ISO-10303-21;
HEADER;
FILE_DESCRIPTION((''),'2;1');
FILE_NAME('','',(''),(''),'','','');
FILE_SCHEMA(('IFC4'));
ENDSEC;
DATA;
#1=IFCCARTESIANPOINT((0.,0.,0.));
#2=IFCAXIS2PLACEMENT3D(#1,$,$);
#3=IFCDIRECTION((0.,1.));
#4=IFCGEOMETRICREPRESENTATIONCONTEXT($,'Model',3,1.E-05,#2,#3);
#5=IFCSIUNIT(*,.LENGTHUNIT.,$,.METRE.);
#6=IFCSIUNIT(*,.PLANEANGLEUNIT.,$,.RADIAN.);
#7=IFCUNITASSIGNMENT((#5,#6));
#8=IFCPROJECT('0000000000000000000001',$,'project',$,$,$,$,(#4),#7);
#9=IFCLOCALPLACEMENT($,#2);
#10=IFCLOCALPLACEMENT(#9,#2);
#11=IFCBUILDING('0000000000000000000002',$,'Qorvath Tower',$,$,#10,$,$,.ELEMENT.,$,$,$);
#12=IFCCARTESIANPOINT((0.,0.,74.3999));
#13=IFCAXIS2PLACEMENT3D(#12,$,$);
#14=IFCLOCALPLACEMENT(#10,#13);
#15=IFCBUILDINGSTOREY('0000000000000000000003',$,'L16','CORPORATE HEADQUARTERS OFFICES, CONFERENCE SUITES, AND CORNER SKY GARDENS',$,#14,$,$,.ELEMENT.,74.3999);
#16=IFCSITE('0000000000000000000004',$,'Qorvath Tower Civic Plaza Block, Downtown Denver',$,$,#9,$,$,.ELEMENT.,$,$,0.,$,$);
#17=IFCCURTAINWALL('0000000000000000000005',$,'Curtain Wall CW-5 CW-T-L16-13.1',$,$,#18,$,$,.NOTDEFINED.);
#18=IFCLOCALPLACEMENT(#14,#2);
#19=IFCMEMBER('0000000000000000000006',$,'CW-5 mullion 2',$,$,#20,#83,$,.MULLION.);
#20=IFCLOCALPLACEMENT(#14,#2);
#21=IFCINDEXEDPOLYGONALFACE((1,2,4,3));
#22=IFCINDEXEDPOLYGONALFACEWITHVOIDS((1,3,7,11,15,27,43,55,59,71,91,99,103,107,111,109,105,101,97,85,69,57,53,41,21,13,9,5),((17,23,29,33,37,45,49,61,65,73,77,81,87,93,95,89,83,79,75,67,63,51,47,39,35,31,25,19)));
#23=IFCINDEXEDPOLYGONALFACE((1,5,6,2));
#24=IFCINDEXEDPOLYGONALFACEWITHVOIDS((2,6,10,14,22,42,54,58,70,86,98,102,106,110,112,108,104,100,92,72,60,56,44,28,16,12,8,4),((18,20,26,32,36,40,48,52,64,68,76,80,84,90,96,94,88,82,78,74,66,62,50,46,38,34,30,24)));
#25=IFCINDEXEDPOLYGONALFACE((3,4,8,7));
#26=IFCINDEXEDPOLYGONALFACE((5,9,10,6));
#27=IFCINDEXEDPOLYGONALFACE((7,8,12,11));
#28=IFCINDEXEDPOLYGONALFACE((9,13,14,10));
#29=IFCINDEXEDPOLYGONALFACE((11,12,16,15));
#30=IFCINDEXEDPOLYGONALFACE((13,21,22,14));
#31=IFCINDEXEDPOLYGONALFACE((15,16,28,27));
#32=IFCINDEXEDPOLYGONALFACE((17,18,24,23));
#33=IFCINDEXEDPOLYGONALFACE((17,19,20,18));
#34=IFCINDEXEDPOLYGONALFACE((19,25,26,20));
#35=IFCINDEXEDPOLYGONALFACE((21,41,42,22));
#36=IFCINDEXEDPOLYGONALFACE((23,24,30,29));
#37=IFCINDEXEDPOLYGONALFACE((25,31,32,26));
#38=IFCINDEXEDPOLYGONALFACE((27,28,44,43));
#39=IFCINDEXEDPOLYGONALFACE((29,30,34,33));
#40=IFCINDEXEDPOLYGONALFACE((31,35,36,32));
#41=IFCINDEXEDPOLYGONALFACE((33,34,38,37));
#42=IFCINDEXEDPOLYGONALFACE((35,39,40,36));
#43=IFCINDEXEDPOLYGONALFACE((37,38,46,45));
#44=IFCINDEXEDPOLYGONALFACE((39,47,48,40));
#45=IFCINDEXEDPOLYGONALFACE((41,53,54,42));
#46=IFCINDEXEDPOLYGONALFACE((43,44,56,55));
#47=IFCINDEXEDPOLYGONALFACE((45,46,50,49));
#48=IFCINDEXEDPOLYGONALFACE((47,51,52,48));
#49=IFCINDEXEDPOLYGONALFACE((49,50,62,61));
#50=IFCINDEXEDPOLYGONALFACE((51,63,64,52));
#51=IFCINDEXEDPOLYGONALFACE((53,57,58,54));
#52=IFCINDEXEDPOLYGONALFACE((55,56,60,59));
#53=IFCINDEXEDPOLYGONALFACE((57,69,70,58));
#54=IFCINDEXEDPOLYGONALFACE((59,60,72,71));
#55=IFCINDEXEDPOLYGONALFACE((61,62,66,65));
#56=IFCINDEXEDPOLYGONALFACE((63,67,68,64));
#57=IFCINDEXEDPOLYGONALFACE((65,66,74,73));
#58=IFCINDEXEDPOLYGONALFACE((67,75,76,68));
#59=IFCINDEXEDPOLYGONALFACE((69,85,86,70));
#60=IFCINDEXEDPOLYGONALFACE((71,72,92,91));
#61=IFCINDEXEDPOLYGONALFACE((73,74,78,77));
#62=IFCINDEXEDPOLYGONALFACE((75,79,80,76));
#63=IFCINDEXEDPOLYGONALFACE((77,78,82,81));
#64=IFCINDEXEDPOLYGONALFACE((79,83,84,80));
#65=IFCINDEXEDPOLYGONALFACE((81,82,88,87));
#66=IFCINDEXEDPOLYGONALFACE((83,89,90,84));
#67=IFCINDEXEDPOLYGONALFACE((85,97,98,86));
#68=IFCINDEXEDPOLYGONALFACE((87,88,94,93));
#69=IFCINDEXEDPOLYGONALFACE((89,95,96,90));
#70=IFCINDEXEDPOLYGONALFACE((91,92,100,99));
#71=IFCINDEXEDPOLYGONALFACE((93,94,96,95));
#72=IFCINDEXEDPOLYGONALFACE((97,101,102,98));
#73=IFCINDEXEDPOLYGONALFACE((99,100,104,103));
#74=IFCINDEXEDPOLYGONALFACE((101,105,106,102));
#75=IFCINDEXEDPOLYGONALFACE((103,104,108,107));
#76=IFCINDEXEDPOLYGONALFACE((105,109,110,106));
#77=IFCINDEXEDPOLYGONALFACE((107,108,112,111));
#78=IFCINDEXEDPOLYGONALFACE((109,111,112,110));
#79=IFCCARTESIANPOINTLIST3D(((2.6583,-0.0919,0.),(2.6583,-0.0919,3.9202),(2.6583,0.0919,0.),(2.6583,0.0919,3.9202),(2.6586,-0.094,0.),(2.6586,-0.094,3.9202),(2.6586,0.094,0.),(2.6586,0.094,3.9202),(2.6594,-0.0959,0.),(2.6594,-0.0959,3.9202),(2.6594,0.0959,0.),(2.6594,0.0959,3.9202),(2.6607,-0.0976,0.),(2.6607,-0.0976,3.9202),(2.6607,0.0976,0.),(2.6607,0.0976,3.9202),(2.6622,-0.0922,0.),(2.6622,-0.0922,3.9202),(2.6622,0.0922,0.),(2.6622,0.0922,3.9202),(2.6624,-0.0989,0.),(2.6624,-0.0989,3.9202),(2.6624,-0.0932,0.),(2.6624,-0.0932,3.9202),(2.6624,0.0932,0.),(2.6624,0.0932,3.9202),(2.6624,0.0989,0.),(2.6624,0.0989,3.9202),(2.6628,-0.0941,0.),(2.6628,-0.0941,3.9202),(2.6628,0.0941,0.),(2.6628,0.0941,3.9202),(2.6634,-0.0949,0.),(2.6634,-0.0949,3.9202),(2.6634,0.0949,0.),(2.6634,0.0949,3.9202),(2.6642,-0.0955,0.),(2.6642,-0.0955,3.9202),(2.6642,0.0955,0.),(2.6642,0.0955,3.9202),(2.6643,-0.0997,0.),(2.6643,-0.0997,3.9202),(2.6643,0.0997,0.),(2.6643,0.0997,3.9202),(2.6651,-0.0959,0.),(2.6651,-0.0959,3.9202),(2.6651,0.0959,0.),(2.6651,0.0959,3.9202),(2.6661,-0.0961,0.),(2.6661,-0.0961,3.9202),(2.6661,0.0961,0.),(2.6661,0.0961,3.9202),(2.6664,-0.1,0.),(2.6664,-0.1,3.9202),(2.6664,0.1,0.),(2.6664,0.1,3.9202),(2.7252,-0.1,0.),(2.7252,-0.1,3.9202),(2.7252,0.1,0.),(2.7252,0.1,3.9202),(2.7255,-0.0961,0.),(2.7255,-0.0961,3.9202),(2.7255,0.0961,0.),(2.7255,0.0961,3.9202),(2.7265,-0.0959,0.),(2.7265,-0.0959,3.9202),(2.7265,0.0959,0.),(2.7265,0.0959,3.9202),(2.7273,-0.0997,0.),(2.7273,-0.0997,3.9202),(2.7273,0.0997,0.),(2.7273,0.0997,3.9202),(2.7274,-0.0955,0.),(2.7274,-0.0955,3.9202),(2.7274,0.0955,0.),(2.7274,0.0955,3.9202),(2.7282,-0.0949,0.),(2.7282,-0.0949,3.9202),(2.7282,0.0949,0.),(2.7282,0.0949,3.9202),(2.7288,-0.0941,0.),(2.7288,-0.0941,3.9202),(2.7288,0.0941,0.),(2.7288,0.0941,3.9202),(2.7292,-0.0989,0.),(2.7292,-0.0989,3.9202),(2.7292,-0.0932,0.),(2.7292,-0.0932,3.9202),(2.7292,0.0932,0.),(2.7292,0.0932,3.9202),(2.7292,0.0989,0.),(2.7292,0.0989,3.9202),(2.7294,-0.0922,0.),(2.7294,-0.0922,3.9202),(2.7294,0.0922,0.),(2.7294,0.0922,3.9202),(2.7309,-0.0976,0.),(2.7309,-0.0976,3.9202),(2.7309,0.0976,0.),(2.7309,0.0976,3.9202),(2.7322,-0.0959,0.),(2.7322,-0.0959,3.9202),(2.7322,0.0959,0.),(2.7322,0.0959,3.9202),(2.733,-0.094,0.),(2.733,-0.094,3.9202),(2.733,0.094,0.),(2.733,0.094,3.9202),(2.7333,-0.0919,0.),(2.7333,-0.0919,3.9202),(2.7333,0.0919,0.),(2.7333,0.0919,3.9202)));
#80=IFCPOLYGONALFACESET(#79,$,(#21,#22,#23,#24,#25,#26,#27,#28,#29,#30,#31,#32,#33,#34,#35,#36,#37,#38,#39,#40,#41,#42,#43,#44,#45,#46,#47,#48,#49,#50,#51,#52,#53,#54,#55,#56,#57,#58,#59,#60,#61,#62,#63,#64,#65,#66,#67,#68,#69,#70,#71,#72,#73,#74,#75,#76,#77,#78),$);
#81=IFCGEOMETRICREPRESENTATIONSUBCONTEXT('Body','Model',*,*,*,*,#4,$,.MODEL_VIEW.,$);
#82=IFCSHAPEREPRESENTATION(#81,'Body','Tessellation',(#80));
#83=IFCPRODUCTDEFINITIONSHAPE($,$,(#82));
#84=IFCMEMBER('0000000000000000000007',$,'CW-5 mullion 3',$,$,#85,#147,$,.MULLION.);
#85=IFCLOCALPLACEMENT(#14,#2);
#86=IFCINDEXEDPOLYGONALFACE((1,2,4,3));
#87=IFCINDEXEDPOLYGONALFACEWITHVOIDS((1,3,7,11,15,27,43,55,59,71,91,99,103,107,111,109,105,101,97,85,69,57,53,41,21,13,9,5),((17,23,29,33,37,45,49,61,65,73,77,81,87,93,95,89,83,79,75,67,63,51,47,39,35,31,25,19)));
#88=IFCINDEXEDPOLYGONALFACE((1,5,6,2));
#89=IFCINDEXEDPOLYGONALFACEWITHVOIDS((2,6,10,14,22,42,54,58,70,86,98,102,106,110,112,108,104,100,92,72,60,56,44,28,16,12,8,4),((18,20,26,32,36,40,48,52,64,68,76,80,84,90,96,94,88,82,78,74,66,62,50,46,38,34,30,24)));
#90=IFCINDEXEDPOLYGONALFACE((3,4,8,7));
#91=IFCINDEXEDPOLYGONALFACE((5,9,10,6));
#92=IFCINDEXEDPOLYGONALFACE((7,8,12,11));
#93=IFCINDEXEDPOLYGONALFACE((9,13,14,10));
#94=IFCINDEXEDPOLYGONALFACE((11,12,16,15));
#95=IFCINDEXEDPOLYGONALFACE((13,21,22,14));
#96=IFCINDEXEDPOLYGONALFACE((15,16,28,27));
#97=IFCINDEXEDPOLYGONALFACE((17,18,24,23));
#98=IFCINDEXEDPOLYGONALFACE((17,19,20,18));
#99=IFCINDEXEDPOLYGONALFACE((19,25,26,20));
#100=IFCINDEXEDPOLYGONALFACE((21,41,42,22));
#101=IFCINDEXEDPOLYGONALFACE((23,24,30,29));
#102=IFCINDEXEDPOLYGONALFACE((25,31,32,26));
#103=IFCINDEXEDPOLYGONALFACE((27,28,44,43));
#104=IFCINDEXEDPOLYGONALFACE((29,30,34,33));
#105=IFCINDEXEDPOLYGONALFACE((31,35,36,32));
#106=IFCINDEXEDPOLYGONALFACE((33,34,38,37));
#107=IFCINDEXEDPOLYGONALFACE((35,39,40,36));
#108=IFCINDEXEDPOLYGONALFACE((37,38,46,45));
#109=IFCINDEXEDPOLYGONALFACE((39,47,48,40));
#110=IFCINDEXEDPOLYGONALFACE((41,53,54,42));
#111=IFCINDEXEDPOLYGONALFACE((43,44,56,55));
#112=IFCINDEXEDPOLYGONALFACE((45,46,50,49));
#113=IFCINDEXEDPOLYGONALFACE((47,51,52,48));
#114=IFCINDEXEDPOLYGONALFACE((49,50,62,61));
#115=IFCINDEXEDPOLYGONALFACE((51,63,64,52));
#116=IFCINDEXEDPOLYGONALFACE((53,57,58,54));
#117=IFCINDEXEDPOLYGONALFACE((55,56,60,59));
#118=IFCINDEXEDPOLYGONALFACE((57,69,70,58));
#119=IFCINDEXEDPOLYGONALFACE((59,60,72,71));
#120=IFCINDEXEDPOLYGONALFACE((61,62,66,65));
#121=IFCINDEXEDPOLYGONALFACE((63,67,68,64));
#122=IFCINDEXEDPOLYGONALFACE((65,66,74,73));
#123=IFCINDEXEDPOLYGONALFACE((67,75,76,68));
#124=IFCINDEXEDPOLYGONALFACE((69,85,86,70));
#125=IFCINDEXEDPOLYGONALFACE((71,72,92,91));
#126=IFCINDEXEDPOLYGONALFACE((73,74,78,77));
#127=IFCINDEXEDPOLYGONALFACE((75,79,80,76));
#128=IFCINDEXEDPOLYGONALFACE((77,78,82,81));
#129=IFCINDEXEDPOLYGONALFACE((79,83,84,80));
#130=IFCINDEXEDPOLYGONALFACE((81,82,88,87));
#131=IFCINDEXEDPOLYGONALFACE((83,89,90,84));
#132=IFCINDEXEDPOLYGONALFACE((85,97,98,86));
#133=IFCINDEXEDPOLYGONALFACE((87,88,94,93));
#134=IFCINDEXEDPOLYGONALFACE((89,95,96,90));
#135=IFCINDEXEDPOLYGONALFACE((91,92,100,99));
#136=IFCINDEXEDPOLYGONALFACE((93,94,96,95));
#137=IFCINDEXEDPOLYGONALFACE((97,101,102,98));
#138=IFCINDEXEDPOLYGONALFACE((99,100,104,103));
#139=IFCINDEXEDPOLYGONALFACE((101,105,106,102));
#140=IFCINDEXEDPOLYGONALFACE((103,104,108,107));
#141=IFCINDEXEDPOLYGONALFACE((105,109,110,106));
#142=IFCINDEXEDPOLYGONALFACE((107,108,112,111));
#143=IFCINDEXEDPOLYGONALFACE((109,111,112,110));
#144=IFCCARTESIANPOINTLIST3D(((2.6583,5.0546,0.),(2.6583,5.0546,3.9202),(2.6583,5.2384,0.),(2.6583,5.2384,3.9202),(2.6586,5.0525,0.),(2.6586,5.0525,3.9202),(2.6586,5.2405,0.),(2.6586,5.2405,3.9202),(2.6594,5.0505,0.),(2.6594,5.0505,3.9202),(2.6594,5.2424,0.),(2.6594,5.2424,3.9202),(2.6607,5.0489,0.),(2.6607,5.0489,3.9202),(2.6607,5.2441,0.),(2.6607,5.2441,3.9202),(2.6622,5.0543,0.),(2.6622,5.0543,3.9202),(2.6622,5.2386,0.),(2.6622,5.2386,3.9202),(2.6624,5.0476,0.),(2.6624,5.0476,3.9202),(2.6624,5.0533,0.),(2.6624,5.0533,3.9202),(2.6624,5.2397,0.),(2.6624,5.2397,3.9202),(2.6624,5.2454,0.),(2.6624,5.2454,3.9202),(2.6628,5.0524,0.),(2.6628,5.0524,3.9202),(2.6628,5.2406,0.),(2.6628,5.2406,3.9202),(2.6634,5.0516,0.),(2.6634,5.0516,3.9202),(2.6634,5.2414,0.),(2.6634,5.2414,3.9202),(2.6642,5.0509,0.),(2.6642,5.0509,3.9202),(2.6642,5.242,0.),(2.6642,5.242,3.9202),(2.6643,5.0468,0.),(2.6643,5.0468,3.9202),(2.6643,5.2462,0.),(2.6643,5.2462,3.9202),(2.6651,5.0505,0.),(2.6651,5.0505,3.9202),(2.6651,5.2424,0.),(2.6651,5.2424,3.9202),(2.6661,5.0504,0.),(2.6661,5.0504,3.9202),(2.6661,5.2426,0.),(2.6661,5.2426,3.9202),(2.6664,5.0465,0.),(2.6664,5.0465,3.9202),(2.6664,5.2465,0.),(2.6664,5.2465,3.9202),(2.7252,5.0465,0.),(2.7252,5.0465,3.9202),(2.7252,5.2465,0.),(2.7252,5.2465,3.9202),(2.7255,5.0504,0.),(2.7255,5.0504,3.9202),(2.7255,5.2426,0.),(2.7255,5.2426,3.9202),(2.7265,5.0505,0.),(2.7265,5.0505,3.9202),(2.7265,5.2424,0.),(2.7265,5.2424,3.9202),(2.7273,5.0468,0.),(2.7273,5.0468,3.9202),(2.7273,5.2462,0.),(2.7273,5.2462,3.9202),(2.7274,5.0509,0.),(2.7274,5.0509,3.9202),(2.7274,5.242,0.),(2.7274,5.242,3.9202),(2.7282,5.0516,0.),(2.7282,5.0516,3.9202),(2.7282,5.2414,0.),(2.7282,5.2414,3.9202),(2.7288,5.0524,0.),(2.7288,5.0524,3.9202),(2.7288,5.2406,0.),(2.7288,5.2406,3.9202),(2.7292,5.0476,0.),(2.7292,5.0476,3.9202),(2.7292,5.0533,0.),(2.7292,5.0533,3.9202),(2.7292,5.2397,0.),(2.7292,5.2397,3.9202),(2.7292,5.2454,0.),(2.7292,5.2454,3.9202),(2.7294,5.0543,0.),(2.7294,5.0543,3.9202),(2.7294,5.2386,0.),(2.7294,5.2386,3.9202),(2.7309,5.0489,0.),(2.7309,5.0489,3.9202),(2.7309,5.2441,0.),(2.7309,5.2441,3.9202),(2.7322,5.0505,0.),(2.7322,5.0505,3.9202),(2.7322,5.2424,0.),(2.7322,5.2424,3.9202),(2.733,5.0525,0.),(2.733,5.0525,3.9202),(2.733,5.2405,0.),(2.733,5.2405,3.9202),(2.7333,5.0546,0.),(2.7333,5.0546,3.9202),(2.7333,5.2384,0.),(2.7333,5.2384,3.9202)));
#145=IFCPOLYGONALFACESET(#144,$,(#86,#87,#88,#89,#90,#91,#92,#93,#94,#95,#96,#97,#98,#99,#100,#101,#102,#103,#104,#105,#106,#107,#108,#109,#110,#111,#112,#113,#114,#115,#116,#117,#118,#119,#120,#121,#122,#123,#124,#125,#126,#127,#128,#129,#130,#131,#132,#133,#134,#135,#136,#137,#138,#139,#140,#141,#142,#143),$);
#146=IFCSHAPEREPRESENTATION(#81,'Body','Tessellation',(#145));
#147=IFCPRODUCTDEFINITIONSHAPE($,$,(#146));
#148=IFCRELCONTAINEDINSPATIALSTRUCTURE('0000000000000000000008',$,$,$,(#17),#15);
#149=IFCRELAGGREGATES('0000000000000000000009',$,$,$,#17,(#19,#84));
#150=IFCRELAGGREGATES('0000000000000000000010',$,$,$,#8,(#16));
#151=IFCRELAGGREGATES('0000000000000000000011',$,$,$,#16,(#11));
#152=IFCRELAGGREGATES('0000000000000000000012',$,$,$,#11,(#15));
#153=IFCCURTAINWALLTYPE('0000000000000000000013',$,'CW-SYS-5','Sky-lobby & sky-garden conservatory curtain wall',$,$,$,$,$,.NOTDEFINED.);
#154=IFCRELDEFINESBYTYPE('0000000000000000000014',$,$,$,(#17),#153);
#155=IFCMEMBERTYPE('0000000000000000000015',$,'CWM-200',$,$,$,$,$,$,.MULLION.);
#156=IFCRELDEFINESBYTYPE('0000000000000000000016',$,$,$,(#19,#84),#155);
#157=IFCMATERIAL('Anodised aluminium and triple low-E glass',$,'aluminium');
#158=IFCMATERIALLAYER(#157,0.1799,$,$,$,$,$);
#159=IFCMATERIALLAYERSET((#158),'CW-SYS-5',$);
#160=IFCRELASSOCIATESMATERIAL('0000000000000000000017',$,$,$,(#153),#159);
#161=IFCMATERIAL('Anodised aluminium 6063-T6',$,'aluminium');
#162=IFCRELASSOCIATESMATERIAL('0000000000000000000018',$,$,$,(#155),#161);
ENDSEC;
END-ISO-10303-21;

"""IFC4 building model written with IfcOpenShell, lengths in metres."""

from ifc_helpers import new_model, si_unit, direction, frame, origin, origin_2d, place, context, subcontext, project, spatial, hollow_rectangle, extrude, material, layer, layer_set, material_profile, profile_set, type_object, element, aggregate, save


model = new_model("IFC4")

# Units and contexts
model_context = context("Model", 3, precision=1e-05, world=origin(), true_north=direction((0.0, 1.0)))
body_context = subcontext(model_context, "Body", "Model", "MODEL_VIEW")
ifc_project = project(units=[si_unit("LENGTHUNIT", "METRE"), si_unit("PLANEANGLEUNIT", "RADIAN")], contexts=[model_context])

# Site, building, storey
site_placement = place(None, origin())
site = spatial("IfcSite", under=ifc_project, at=site_placement, Name="Qorvath Tower Civic Plaza Block, Downtown Denver", CompositionType="ELEMENT", RefElevation=0.0)
building_placement = place(site_placement, origin())
building = spatial("IfcBuilding", under=site, at=building_placement, Name="Qorvath Tower", CompositionType="ELEMENT")
storey_placement = place(building_placement, frame((0.0, 0.0, 74.3999)))
storey = spatial("IfcBuildingStorey", under=building, at=storey_placement, Name="L16", Description="CORPORATE HEADQUARTERS OFFICES, CONFERENCE SUITES, AND CORNER SKY GARDENS", CompositionType="ELEMENT", Elevation=74.3999)

# Curtain wall, members
ifc_material_1 = material(Name="Anodised aluminium and triple low-E glass", Category="aluminium")
ifc_layer_1 = layer(ifc_material_1, 0.1799)
ifc_layer_set_1 = layer_set([ifc_layer_1], Name="CW-SYS-5")
curtain_wall_type = type_object("IfcCurtainWallType", Name="CW-SYS-5", Description="Sky-lobby & sky-garden conservatory curtain wall", PredefinedType="NOTDEFINED", material=ifc_layer_set_1)
curtain_wall_1_placement = place(storey_placement, origin())
curtain_wall_1 = element("IfcCurtainWall", 1, at=curtain_wall_1_placement, inside=storey, type_object=curtain_wall_type, Name="Curtain Wall CW-5 CW-T-L16-13.1", PredefinedType="NOTDEFINED")
ifc_material_2 = material(Name="Anodised aluminium 6063-T6", Category="aluminium")
ifc_material_profile_1 = material_profile(ifc_material_2, hollow_rectangle(XDim=0.075, YDim=0.2, WallThickness=0.0039, InnerFilletRadius=0.0039, OuterFilletRadius=0.0081, at=origin_2d()), Name="CWM 200x75")
ifc_profile_set_1 = profile_set([ifc_material_profile_1], Name="Anodised aluminium 6063-T6")
member_type_1 = type_object("IfcMemberType", Name="CWM-200", PredefinedType="MULLION", material=ifc_profile_set_1)
member_1_placement = place(storey_placement, frame((2.6958, 0.0, 0.0), z_axis=(0.0, 0.0, 1.0), x_axis=(-1.0, 0.0, 0.0)))
member_1 = element("IfcMember", 2, at=member_1_placement, type_object=member_type_1, Name="CW-5 mullion 2", PredefinedType="MULLION", context=body_context, shape_type="SweptSolid", body=[
    extrude(hollow_rectangle(XDim=0.075, YDim=0.2, WallThickness=0.0039, InnerFilletRadius=0.0039, OuterFilletRadius=0.0081, at=origin_2d()), origin(), (0.0, 0.0, 1.0), 3.9202),
])
member_2_placement = place(storey_placement, frame((2.6958, 5.1465, 0.0), z_axis=(0.0, 0.0, 1.0), x_axis=(-1.0, 0.0, 0.0)))
member_2 = element("IfcMember", 3, at=member_2_placement, type_object=member_type_1, Name="CW-5 mullion 3", PredefinedType="MULLION", context=body_context, shape_type="SweptSolid", body=[
    extrude(hollow_rectangle(XDim=0.075, YDim=0.2, WallThickness=0.0039, InnerFilletRadius=0.0039, OuterFilletRadius=0.0081, at=origin_2d()), origin(), (0.0, 0.0, 1.0), 3.9202),
])

aggregate(curtain_wall_1, [member_1, member_2])

save(model, "model.ifc")
